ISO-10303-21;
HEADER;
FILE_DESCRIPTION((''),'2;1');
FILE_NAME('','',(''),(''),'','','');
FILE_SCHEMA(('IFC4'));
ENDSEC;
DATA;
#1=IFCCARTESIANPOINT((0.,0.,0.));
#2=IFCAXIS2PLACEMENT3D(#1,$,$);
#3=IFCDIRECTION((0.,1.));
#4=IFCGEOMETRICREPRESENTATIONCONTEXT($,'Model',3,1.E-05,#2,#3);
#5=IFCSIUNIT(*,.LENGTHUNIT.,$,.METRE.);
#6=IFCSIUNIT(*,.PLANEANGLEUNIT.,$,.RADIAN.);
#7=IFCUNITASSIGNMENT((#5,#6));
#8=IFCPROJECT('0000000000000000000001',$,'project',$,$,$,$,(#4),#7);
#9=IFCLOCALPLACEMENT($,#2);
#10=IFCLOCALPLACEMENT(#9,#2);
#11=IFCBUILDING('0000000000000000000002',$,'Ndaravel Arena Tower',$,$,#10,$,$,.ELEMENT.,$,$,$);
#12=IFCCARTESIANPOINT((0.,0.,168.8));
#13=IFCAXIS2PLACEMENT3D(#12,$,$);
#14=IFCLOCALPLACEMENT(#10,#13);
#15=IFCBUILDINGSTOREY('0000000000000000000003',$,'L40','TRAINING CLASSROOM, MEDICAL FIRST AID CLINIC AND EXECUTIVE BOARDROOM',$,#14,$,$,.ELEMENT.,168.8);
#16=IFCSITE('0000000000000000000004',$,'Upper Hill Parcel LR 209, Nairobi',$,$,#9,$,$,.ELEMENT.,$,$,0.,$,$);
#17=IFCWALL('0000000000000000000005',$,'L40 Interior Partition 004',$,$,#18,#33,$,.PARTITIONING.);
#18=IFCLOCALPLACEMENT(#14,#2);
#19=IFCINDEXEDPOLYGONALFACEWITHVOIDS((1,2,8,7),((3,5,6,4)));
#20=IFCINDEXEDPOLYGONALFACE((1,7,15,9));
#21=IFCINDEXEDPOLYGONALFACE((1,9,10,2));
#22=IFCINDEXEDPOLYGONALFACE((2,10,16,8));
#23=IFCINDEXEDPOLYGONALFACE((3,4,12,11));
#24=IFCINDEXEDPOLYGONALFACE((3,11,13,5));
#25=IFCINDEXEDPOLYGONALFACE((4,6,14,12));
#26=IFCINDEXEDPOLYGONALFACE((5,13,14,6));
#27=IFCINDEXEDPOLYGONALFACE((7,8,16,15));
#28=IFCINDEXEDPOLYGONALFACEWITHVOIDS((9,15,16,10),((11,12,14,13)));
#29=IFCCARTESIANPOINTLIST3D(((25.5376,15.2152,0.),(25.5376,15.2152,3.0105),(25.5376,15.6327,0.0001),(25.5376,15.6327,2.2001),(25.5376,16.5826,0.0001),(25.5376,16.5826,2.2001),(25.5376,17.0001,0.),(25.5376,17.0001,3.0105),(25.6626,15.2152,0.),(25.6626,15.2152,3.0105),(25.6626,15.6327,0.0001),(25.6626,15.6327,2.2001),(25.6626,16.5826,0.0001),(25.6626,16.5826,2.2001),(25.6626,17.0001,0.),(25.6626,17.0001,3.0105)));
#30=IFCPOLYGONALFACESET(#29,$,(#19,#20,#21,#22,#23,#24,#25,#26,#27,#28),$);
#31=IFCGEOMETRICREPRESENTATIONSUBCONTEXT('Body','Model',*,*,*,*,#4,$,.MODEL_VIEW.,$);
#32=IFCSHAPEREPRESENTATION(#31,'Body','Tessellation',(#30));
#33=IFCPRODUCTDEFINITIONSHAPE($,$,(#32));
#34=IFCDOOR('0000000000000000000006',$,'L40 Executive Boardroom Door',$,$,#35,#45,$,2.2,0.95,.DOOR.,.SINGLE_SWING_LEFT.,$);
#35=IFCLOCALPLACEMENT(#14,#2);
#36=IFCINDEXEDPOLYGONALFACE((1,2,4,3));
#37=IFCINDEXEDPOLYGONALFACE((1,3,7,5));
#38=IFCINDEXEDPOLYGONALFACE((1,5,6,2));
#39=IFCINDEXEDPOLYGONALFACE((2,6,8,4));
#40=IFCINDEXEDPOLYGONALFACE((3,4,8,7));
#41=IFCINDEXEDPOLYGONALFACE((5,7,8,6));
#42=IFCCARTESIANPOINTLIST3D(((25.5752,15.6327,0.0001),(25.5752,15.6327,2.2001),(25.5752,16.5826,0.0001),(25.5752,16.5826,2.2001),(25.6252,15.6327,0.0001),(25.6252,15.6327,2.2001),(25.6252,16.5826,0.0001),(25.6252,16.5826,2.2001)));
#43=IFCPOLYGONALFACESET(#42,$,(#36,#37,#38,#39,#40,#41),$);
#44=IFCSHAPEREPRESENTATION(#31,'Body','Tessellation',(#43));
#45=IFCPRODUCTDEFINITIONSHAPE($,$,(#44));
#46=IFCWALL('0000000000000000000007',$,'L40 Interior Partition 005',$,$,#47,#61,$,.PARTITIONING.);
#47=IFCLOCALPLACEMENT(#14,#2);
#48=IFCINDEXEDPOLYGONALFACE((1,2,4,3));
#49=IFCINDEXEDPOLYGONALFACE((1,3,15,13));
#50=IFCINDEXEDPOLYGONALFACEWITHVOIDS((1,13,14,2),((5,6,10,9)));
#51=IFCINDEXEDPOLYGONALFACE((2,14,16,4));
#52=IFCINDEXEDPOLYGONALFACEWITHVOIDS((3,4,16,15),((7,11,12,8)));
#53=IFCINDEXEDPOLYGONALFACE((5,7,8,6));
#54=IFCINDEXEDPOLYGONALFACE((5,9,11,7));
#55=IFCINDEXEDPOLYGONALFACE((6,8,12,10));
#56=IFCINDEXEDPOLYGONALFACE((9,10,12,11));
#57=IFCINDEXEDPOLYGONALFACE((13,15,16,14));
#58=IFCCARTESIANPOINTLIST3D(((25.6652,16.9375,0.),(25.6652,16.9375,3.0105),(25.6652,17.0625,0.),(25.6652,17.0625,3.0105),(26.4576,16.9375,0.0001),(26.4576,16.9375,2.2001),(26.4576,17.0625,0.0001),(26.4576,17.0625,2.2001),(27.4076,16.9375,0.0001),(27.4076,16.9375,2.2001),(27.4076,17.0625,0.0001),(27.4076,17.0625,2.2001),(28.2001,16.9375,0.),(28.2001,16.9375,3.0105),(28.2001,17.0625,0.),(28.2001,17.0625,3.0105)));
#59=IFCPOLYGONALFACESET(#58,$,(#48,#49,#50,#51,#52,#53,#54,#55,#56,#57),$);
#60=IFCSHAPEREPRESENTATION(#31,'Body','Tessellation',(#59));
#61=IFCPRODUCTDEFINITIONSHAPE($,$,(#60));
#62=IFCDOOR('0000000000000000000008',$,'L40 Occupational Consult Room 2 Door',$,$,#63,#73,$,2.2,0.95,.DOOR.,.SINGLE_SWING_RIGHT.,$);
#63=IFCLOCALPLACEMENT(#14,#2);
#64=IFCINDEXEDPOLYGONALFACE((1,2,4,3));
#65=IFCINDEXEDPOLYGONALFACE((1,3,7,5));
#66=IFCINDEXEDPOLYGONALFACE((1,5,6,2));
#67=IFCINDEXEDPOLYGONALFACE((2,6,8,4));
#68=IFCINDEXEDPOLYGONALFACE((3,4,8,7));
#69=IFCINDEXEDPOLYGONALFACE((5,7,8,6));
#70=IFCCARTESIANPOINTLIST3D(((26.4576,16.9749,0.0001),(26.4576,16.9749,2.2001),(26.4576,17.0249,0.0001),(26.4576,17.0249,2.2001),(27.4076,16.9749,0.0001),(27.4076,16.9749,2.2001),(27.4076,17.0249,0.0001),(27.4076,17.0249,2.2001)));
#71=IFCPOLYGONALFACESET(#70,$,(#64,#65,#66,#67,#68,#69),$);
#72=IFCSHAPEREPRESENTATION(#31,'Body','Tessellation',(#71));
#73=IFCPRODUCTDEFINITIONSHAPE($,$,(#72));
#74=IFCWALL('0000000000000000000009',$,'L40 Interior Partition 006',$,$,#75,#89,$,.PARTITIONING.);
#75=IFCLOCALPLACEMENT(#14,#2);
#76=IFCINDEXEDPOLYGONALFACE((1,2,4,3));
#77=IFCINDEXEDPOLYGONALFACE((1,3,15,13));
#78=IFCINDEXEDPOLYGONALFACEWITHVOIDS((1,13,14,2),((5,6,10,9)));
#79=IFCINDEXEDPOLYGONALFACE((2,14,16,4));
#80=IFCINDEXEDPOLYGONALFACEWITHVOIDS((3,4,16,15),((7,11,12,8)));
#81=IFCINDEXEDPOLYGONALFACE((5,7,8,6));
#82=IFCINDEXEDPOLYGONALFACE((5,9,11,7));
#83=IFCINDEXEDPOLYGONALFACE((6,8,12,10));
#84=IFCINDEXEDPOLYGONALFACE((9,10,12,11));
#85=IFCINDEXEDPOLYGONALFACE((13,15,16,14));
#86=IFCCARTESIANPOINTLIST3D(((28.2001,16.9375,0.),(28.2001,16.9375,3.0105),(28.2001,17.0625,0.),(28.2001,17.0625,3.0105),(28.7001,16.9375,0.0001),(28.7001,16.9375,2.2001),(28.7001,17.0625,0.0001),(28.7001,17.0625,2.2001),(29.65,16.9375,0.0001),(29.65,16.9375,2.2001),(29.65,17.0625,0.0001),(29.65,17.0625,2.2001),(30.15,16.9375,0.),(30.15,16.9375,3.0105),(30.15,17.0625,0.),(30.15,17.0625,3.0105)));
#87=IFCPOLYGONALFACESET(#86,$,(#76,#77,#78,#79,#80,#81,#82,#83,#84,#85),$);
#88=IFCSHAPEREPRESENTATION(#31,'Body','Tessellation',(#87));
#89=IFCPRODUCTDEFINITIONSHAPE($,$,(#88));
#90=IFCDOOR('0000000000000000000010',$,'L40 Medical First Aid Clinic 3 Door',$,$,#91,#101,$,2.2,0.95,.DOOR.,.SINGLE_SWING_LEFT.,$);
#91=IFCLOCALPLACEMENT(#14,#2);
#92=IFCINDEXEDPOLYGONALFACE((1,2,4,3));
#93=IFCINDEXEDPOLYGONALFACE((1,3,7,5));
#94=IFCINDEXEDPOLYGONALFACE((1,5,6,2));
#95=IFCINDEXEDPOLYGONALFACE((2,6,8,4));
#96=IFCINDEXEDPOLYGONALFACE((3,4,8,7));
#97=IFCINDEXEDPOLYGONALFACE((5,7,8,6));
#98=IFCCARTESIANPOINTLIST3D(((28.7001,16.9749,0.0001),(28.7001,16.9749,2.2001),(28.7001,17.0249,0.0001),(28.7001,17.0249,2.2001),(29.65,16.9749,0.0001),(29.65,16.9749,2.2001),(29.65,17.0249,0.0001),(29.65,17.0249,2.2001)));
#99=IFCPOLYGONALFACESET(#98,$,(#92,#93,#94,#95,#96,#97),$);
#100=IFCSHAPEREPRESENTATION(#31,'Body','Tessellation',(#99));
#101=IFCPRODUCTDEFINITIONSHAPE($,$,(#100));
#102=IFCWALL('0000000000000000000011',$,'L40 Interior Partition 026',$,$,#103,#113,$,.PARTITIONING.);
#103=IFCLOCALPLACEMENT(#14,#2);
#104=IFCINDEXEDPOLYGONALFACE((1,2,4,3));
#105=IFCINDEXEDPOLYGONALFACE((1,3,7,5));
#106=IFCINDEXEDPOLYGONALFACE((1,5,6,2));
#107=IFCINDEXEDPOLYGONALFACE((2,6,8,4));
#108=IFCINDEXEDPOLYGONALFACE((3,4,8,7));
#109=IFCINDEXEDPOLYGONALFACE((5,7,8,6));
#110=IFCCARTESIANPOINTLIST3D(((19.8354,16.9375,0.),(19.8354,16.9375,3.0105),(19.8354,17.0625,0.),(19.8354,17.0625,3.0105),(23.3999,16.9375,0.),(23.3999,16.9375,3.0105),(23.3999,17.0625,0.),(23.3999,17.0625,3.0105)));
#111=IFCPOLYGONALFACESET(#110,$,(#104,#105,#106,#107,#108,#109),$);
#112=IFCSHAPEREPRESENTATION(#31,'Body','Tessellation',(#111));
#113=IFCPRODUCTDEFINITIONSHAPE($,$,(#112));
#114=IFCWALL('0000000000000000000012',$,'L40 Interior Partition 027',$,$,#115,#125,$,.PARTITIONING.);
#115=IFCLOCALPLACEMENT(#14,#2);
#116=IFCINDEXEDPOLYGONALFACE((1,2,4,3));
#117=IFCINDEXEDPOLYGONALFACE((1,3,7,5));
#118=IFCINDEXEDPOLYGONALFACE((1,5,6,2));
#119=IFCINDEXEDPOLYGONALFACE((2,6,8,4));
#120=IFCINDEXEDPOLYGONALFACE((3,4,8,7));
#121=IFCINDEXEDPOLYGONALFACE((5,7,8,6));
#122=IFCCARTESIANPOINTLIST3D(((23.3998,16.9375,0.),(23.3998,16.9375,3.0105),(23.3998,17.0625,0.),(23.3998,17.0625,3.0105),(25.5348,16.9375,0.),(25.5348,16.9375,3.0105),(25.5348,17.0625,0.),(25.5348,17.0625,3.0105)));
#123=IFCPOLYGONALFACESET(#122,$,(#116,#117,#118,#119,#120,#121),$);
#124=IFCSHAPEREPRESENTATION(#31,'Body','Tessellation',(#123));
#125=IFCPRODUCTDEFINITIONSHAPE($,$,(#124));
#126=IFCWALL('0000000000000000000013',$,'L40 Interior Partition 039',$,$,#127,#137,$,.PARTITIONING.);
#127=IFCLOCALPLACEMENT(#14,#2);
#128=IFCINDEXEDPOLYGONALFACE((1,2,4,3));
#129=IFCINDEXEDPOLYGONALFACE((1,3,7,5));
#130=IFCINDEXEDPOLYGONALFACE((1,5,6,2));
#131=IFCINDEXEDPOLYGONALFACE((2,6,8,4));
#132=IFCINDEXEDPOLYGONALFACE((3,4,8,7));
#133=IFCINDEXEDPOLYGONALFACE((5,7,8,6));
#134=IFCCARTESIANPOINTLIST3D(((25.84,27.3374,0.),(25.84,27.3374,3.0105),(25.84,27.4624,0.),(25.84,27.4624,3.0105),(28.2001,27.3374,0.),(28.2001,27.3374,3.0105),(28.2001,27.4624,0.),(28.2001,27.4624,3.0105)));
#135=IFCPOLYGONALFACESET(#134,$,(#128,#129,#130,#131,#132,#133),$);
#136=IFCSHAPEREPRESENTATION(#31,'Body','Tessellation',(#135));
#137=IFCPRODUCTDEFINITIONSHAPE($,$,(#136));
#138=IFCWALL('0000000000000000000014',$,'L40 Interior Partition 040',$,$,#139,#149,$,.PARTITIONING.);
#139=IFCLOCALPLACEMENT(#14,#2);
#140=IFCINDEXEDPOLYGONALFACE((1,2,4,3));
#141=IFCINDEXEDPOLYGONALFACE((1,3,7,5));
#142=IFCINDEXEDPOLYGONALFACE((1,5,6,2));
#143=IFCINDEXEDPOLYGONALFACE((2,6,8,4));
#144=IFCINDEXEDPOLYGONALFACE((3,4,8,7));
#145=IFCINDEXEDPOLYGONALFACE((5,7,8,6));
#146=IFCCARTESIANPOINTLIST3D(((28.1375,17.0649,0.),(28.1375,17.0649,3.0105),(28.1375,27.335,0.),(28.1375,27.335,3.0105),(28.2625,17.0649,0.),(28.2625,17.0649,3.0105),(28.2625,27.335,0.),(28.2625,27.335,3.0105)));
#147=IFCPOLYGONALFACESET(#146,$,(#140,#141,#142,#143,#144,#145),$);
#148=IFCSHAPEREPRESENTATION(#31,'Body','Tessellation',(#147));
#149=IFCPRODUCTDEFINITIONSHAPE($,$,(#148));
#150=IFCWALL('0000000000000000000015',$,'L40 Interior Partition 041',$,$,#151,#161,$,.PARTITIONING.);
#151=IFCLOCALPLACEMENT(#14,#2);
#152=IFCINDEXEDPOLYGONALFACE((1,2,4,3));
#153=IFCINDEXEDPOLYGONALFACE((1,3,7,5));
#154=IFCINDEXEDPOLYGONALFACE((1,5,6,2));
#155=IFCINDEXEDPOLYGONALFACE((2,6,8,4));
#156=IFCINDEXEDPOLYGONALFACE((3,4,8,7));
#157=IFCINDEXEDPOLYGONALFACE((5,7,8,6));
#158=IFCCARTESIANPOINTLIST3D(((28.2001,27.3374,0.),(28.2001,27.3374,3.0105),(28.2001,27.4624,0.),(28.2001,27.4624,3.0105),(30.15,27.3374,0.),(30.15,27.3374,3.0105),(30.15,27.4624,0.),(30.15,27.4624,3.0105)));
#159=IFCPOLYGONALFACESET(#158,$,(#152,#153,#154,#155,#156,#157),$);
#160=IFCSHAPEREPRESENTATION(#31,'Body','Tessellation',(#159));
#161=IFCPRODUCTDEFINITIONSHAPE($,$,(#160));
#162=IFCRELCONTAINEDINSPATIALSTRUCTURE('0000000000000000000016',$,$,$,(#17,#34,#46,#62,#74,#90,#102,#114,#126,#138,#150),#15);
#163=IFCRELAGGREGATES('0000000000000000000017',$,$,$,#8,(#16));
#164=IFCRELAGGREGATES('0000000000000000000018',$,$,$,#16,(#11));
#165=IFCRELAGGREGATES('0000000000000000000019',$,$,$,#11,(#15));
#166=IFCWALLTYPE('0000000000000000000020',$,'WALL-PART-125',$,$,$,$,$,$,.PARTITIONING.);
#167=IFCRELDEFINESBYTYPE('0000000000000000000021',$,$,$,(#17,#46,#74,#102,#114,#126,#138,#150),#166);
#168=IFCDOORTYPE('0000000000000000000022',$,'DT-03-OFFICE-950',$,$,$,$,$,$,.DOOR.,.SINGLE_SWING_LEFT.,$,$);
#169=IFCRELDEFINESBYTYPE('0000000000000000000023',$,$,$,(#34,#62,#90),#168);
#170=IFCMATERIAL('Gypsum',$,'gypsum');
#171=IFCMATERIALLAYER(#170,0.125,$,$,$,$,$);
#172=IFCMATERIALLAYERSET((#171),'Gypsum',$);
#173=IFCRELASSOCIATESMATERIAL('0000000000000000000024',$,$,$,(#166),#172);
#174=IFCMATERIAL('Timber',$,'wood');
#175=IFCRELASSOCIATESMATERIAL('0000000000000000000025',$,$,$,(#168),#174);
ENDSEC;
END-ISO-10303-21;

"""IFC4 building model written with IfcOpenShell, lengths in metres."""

from ifc_helpers import new_model, si_unit, direction, frame, frame_2d, origin, place, context, subcontext, project, spatial, rectangle, extrude, material, layer, layer_set, type_object, element, fill, save


model = new_model("IFC4")

# Units and contexts
model_context = context("Model", 3, precision=1e-05, world=origin(), true_north=direction((0.0, 1.0)))
body_context = subcontext(model_context, "Body", "Model", "MODEL_VIEW")
ifc_project = project(units=[si_unit("LENGTHUNIT", "METRE"), si_unit("PLANEANGLEUNIT", "RADIAN")], contexts=[model_context])

# Site, building, storey
site_placement = place(None, origin())
site = spatial("IfcSite", under=ifc_project, at=site_placement, Name="Upper Hill Parcel LR 209, Nairobi", CompositionType="ELEMENT", RefElevation=0.0)
building_placement = place(site_placement, origin())
building = spatial("IfcBuilding", under=site, at=building_placement, Name="Ndaravel Arena Tower", CompositionType="ELEMENT")
storey_placement = place(building_placement, frame((0.0, 0.0, 168.8)))
storey = spatial("IfcBuildingStorey", under=building, at=storey_placement, Name="L40", Description="TRAINING CLASSROOM, MEDICAL FIRST AID CLINIC AND EXECUTIVE BOARDROOM", CompositionType="ELEMENT", Elevation=168.8)

# Shared definitions
ifc_material_1 = material(Name="Gypsum", Category="gypsum")
ifc_layer_1 = layer(ifc_material_1, 0.125)
ifc_layer_set_1 = layer_set([ifc_layer_1], Name="Gypsum")
wall_type_1 = type_object("IfcWallType", Name="WALL-PART-125", PredefinedType="PARTITIONING", material=ifc_layer_set_1)

# Walls, openings, doors
wall_1_placement = place(storey_placement, frame((25.6001, 15.2151, 0.0), z_axis=(0.0, 0.0, 1.0), x_axis=(0.0, 1.0, 0.0)))
wall_1 = element("IfcWall", 1, at=wall_1_placement, inside=storey, type_object=wall_type_1, Name="L40 Interior Partition 004", PredefinedType="PARTITIONING", context=body_context, shape_type="SweptSolid", body=[
    extrude(rectangle(XDim=1.7849, YDim=0.125, at=frame_2d((0.8926, 0.0))), origin(), (0.0, 0.0, 1.0), 3.0105),
])
opening_1_placement = place(wall_1_placement, frame((0.4175, 0.0, 0.0)))
opening_1 = element("IfcOpeningElement", 2, at=opening_1_placement, cuts=wall_1, PredefinedType="OPENING", context=body_context, shape_type="SweptSolid", body=[
    extrude(rectangle(XDim=0.95, YDim=2.2, at=frame_2d((0.4751, 1.1001))), frame((0.0, 0.0625, 0.0), z_axis=(0.0, -1.0, 0.0), x_axis=(1.0, 0.0, 0.0)), (0.0, 0.0, 1.0), 0.125),
])
ifc_material_2 = material(Name="Timber", Category="wood")
door_type_1 = type_object("IfcDoorType", Name="DT-03-OFFICE-950", OperationType="SINGLE_SWING_LEFT", PredefinedType="DOOR", material=ifc_material_2)
door_1_placement = place(opening_1_placement, origin())
door_1 = element("IfcDoor", 3, at=door_1_placement, inside=storey, type_object=door_type_1, Name="L40 Executive Boardroom Door", OperationType="SINGLE_SWING_LEFT", OverallHeight=2.2, OverallWidth=0.95, PredefinedType="DOOR", context=body_context, shape_type="SweptSolid", body=[
    extrude(rectangle(XDim=0.95, YDim=2.2, at=frame_2d((0.4751, 1.1001))), frame((0.0, 0.0249, 0.0), z_axis=(0.0, -1.0, 0.0), x_axis=(1.0, 0.0, 0.0)), (0.0, 0.0, 1.0), 0.05),
])
fill(opening_1, door_1)
wall_2_placement = place(storey_placement, frame((25.665, 17.0, 0.0), z_axis=(0.0, 0.0, 1.0), x_axis=(1.0, 0.0, 0.0)))
wall_2 = element("IfcWall", 4, at=wall_2_placement, inside=storey, type_object=wall_type_1, Name="L40 Interior Partition 005", PredefinedType="PARTITIONING", context=body_context, shape_type="SweptSolid", body=[
    extrude(rectangle(XDim=2.5349, YDim=0.125, at=frame_2d((1.2676, 0.0))), origin(), (0.0, 0.0, 1.0), 3.0105),
])
opening_2_placement = place(wall_2_placement, frame((0.7925, 0.0, 0.0)))
opening_2 = element("IfcOpeningElement", 5, at=opening_2_placement, cuts=wall_2, PredefinedType="OPENING", context=body_context, shape_type="SweptSolid", body=[
    extrude(rectangle(XDim=0.95, YDim=2.2, at=frame_2d((0.4751, 1.1001))), frame((0.0, 0.0625, 0.0), z_axis=(0.0, -1.0, 0.0), x_axis=(1.0, 0.0, 0.0)), (0.0, 0.0, 1.0), 0.125),
])
door_2_placement = place(opening_2_placement, origin())
door_2 = element("IfcDoor", 6, at=door_2_placement, inside=storey, type_object=door_type_1, Name="L40 Occupational Consult Room 2 Door", OperationType="SINGLE_SWING_RIGHT", OverallHeight=2.2, OverallWidth=0.95, PredefinedType="DOOR", context=body_context, shape_type="SweptSolid", body=[
    extrude(rectangle(XDim=0.95, YDim=2.2, at=frame_2d((0.4751, 1.1001))), frame((0.0, 0.0249, 0.0), z_axis=(0.0, -1.0, 0.0), x_axis=(1.0, 0.0, 0.0)), (0.0, 0.0, 1.0), 0.05),
])
fill(opening_2, door_2)
wall_3_placement = place(storey_placement, frame((28.2, 17.0, 0.0), z_axis=(0.0, 0.0, 1.0), x_axis=(1.0, 0.0, 0.0)))
wall_3 = element("IfcWall", 7, at=wall_3_placement, inside=storey, type_object=wall_type_1, Name="L40 Interior Partition 006", PredefinedType="PARTITIONING", context=body_context, shape_type="SweptSolid", body=[
    extrude(rectangle(XDim=1.95, YDim=0.125, at=frame_2d((0.9751, 0.0))), origin(), (0.0, 0.0, 1.0), 3.0105),
])
opening_3_placement = place(wall_3_placement, frame((0.5, 0.0, 0.0)))
opening_3 = element("IfcOpeningElement", 8, at=opening_3_placement, cuts=wall_3, PredefinedType="OPENING", context=body_context, shape_type="SweptSolid", body=[
    extrude(rectangle(XDim=0.95, YDim=2.2, at=frame_2d((0.4751, 1.1001))), frame((0.0, 0.0625, 0.0), z_axis=(0.0, -1.0, 0.0), x_axis=(1.0, 0.0, 0.0)), (0.0, 0.0, 1.0), 0.125),
])
door_3_placement = place(opening_3_placement, origin())
door_3 = element("IfcDoor", 9, at=door_3_placement, inside=storey, type_object=door_type_1, Name="L40 Medical First Aid Clinic 3 Door", OperationType="SINGLE_SWING_LEFT", OverallHeight=2.2, OverallWidth=0.95, PredefinedType="DOOR", context=body_context, shape_type="SweptSolid", body=[
    extrude(rectangle(XDim=0.95, YDim=2.2, at=frame_2d((0.4751, 1.1001))), frame((0.0, 0.0249, 0.0), z_axis=(0.0, -1.0, 0.0), x_axis=(1.0, 0.0, 0.0)), (0.0, 0.0, 1.0), 0.05),
])
fill(opening_3, door_3)

# Walls
wall_4_placement = place(storey_placement, frame((19.8354, 17.0, 0.0), z_axis=(0.0, 0.0, 1.0), x_axis=(1.0, 0.0, 0.0)))
element("IfcWall", 10, at=wall_4_placement, inside=storey, type_object=wall_type_1, Name="L40 Interior Partition 026", PredefinedType="PARTITIONING", context=body_context, shape_type="SweptSolid", body=[
    extrude(rectangle(XDim=3.5645, YDim=0.125, at=frame_2d((1.7822, 0.0))), origin(), (0.0, 0.0, 1.0), 3.0105),
])
wall_5_placement = place(storey_placement, frame((23.3999, 17.0, 0.0), z_axis=(0.0, 0.0, 1.0), x_axis=(1.0, 0.0, 0.0)))
element("IfcWall", 11, at=wall_5_placement, inside=storey, type_object=wall_type_1, Name="L40 Interior Partition 027", PredefinedType="PARTITIONING", context=body_context, shape_type="SweptSolid", body=[
    extrude(rectangle(XDim=2.135, YDim=0.125, at=frame_2d((1.0674, 0.0))), origin(), (0.0, 0.0, 1.0), 3.0105),
])
wall_6_placement = place(storey_placement, frame((25.8398, 27.3999, 0.0), z_axis=(0.0, 0.0, 1.0), x_axis=(1.0, 0.0, 0.0)))
element("IfcWall", 12, at=wall_6_placement, inside=storey, type_object=wall_type_1, Name="L40 Interior Partition 039", PredefinedType="PARTITIONING", context=body_context, shape_type="SweptSolid", body=[
    extrude(rectangle(XDim=2.3601, YDim=0.125, at=frame_2d((1.1802, 0.0))), origin(), (0.0, 0.0, 1.0), 3.0105),
])
wall_7_placement = place(storey_placement, frame((28.2, 27.335, 0.0), z_axis=(0.0, 0.0, 1.0), x_axis=(0.0, -1.0, 0.0)))
element("IfcWall", 13, at=wall_7_placement, inside=storey, type_object=wall_type_1, Name="L40 Interior Partition 040", PredefinedType="PARTITIONING", context=body_context, shape_type="SweptSolid", body=[
    extrude(rectangle(XDim=10.27, YDim=0.125, at=frame_2d((5.135, 0.0))), origin(), (0.0, 0.0, 1.0), 3.0105),
])
wall_8_placement = place(storey_placement, frame((28.2, 27.3999, 0.0), z_axis=(0.0, 0.0, 1.0), x_axis=(1.0, 0.0, 0.0)))
element("IfcWall", 14, at=wall_8_placement, inside=storey, type_object=wall_type_1, Name="L40 Interior Partition 041", PredefinedType="PARTITIONING", context=body_context, shape_type="SweptSolid", body=[
    extrude(rectangle(XDim=1.95, YDim=0.125, at=frame_2d((0.9751, 0.0))), origin(), (0.0, 0.0, 1.0), 3.0105),
])

save(model, "model.ifc")
